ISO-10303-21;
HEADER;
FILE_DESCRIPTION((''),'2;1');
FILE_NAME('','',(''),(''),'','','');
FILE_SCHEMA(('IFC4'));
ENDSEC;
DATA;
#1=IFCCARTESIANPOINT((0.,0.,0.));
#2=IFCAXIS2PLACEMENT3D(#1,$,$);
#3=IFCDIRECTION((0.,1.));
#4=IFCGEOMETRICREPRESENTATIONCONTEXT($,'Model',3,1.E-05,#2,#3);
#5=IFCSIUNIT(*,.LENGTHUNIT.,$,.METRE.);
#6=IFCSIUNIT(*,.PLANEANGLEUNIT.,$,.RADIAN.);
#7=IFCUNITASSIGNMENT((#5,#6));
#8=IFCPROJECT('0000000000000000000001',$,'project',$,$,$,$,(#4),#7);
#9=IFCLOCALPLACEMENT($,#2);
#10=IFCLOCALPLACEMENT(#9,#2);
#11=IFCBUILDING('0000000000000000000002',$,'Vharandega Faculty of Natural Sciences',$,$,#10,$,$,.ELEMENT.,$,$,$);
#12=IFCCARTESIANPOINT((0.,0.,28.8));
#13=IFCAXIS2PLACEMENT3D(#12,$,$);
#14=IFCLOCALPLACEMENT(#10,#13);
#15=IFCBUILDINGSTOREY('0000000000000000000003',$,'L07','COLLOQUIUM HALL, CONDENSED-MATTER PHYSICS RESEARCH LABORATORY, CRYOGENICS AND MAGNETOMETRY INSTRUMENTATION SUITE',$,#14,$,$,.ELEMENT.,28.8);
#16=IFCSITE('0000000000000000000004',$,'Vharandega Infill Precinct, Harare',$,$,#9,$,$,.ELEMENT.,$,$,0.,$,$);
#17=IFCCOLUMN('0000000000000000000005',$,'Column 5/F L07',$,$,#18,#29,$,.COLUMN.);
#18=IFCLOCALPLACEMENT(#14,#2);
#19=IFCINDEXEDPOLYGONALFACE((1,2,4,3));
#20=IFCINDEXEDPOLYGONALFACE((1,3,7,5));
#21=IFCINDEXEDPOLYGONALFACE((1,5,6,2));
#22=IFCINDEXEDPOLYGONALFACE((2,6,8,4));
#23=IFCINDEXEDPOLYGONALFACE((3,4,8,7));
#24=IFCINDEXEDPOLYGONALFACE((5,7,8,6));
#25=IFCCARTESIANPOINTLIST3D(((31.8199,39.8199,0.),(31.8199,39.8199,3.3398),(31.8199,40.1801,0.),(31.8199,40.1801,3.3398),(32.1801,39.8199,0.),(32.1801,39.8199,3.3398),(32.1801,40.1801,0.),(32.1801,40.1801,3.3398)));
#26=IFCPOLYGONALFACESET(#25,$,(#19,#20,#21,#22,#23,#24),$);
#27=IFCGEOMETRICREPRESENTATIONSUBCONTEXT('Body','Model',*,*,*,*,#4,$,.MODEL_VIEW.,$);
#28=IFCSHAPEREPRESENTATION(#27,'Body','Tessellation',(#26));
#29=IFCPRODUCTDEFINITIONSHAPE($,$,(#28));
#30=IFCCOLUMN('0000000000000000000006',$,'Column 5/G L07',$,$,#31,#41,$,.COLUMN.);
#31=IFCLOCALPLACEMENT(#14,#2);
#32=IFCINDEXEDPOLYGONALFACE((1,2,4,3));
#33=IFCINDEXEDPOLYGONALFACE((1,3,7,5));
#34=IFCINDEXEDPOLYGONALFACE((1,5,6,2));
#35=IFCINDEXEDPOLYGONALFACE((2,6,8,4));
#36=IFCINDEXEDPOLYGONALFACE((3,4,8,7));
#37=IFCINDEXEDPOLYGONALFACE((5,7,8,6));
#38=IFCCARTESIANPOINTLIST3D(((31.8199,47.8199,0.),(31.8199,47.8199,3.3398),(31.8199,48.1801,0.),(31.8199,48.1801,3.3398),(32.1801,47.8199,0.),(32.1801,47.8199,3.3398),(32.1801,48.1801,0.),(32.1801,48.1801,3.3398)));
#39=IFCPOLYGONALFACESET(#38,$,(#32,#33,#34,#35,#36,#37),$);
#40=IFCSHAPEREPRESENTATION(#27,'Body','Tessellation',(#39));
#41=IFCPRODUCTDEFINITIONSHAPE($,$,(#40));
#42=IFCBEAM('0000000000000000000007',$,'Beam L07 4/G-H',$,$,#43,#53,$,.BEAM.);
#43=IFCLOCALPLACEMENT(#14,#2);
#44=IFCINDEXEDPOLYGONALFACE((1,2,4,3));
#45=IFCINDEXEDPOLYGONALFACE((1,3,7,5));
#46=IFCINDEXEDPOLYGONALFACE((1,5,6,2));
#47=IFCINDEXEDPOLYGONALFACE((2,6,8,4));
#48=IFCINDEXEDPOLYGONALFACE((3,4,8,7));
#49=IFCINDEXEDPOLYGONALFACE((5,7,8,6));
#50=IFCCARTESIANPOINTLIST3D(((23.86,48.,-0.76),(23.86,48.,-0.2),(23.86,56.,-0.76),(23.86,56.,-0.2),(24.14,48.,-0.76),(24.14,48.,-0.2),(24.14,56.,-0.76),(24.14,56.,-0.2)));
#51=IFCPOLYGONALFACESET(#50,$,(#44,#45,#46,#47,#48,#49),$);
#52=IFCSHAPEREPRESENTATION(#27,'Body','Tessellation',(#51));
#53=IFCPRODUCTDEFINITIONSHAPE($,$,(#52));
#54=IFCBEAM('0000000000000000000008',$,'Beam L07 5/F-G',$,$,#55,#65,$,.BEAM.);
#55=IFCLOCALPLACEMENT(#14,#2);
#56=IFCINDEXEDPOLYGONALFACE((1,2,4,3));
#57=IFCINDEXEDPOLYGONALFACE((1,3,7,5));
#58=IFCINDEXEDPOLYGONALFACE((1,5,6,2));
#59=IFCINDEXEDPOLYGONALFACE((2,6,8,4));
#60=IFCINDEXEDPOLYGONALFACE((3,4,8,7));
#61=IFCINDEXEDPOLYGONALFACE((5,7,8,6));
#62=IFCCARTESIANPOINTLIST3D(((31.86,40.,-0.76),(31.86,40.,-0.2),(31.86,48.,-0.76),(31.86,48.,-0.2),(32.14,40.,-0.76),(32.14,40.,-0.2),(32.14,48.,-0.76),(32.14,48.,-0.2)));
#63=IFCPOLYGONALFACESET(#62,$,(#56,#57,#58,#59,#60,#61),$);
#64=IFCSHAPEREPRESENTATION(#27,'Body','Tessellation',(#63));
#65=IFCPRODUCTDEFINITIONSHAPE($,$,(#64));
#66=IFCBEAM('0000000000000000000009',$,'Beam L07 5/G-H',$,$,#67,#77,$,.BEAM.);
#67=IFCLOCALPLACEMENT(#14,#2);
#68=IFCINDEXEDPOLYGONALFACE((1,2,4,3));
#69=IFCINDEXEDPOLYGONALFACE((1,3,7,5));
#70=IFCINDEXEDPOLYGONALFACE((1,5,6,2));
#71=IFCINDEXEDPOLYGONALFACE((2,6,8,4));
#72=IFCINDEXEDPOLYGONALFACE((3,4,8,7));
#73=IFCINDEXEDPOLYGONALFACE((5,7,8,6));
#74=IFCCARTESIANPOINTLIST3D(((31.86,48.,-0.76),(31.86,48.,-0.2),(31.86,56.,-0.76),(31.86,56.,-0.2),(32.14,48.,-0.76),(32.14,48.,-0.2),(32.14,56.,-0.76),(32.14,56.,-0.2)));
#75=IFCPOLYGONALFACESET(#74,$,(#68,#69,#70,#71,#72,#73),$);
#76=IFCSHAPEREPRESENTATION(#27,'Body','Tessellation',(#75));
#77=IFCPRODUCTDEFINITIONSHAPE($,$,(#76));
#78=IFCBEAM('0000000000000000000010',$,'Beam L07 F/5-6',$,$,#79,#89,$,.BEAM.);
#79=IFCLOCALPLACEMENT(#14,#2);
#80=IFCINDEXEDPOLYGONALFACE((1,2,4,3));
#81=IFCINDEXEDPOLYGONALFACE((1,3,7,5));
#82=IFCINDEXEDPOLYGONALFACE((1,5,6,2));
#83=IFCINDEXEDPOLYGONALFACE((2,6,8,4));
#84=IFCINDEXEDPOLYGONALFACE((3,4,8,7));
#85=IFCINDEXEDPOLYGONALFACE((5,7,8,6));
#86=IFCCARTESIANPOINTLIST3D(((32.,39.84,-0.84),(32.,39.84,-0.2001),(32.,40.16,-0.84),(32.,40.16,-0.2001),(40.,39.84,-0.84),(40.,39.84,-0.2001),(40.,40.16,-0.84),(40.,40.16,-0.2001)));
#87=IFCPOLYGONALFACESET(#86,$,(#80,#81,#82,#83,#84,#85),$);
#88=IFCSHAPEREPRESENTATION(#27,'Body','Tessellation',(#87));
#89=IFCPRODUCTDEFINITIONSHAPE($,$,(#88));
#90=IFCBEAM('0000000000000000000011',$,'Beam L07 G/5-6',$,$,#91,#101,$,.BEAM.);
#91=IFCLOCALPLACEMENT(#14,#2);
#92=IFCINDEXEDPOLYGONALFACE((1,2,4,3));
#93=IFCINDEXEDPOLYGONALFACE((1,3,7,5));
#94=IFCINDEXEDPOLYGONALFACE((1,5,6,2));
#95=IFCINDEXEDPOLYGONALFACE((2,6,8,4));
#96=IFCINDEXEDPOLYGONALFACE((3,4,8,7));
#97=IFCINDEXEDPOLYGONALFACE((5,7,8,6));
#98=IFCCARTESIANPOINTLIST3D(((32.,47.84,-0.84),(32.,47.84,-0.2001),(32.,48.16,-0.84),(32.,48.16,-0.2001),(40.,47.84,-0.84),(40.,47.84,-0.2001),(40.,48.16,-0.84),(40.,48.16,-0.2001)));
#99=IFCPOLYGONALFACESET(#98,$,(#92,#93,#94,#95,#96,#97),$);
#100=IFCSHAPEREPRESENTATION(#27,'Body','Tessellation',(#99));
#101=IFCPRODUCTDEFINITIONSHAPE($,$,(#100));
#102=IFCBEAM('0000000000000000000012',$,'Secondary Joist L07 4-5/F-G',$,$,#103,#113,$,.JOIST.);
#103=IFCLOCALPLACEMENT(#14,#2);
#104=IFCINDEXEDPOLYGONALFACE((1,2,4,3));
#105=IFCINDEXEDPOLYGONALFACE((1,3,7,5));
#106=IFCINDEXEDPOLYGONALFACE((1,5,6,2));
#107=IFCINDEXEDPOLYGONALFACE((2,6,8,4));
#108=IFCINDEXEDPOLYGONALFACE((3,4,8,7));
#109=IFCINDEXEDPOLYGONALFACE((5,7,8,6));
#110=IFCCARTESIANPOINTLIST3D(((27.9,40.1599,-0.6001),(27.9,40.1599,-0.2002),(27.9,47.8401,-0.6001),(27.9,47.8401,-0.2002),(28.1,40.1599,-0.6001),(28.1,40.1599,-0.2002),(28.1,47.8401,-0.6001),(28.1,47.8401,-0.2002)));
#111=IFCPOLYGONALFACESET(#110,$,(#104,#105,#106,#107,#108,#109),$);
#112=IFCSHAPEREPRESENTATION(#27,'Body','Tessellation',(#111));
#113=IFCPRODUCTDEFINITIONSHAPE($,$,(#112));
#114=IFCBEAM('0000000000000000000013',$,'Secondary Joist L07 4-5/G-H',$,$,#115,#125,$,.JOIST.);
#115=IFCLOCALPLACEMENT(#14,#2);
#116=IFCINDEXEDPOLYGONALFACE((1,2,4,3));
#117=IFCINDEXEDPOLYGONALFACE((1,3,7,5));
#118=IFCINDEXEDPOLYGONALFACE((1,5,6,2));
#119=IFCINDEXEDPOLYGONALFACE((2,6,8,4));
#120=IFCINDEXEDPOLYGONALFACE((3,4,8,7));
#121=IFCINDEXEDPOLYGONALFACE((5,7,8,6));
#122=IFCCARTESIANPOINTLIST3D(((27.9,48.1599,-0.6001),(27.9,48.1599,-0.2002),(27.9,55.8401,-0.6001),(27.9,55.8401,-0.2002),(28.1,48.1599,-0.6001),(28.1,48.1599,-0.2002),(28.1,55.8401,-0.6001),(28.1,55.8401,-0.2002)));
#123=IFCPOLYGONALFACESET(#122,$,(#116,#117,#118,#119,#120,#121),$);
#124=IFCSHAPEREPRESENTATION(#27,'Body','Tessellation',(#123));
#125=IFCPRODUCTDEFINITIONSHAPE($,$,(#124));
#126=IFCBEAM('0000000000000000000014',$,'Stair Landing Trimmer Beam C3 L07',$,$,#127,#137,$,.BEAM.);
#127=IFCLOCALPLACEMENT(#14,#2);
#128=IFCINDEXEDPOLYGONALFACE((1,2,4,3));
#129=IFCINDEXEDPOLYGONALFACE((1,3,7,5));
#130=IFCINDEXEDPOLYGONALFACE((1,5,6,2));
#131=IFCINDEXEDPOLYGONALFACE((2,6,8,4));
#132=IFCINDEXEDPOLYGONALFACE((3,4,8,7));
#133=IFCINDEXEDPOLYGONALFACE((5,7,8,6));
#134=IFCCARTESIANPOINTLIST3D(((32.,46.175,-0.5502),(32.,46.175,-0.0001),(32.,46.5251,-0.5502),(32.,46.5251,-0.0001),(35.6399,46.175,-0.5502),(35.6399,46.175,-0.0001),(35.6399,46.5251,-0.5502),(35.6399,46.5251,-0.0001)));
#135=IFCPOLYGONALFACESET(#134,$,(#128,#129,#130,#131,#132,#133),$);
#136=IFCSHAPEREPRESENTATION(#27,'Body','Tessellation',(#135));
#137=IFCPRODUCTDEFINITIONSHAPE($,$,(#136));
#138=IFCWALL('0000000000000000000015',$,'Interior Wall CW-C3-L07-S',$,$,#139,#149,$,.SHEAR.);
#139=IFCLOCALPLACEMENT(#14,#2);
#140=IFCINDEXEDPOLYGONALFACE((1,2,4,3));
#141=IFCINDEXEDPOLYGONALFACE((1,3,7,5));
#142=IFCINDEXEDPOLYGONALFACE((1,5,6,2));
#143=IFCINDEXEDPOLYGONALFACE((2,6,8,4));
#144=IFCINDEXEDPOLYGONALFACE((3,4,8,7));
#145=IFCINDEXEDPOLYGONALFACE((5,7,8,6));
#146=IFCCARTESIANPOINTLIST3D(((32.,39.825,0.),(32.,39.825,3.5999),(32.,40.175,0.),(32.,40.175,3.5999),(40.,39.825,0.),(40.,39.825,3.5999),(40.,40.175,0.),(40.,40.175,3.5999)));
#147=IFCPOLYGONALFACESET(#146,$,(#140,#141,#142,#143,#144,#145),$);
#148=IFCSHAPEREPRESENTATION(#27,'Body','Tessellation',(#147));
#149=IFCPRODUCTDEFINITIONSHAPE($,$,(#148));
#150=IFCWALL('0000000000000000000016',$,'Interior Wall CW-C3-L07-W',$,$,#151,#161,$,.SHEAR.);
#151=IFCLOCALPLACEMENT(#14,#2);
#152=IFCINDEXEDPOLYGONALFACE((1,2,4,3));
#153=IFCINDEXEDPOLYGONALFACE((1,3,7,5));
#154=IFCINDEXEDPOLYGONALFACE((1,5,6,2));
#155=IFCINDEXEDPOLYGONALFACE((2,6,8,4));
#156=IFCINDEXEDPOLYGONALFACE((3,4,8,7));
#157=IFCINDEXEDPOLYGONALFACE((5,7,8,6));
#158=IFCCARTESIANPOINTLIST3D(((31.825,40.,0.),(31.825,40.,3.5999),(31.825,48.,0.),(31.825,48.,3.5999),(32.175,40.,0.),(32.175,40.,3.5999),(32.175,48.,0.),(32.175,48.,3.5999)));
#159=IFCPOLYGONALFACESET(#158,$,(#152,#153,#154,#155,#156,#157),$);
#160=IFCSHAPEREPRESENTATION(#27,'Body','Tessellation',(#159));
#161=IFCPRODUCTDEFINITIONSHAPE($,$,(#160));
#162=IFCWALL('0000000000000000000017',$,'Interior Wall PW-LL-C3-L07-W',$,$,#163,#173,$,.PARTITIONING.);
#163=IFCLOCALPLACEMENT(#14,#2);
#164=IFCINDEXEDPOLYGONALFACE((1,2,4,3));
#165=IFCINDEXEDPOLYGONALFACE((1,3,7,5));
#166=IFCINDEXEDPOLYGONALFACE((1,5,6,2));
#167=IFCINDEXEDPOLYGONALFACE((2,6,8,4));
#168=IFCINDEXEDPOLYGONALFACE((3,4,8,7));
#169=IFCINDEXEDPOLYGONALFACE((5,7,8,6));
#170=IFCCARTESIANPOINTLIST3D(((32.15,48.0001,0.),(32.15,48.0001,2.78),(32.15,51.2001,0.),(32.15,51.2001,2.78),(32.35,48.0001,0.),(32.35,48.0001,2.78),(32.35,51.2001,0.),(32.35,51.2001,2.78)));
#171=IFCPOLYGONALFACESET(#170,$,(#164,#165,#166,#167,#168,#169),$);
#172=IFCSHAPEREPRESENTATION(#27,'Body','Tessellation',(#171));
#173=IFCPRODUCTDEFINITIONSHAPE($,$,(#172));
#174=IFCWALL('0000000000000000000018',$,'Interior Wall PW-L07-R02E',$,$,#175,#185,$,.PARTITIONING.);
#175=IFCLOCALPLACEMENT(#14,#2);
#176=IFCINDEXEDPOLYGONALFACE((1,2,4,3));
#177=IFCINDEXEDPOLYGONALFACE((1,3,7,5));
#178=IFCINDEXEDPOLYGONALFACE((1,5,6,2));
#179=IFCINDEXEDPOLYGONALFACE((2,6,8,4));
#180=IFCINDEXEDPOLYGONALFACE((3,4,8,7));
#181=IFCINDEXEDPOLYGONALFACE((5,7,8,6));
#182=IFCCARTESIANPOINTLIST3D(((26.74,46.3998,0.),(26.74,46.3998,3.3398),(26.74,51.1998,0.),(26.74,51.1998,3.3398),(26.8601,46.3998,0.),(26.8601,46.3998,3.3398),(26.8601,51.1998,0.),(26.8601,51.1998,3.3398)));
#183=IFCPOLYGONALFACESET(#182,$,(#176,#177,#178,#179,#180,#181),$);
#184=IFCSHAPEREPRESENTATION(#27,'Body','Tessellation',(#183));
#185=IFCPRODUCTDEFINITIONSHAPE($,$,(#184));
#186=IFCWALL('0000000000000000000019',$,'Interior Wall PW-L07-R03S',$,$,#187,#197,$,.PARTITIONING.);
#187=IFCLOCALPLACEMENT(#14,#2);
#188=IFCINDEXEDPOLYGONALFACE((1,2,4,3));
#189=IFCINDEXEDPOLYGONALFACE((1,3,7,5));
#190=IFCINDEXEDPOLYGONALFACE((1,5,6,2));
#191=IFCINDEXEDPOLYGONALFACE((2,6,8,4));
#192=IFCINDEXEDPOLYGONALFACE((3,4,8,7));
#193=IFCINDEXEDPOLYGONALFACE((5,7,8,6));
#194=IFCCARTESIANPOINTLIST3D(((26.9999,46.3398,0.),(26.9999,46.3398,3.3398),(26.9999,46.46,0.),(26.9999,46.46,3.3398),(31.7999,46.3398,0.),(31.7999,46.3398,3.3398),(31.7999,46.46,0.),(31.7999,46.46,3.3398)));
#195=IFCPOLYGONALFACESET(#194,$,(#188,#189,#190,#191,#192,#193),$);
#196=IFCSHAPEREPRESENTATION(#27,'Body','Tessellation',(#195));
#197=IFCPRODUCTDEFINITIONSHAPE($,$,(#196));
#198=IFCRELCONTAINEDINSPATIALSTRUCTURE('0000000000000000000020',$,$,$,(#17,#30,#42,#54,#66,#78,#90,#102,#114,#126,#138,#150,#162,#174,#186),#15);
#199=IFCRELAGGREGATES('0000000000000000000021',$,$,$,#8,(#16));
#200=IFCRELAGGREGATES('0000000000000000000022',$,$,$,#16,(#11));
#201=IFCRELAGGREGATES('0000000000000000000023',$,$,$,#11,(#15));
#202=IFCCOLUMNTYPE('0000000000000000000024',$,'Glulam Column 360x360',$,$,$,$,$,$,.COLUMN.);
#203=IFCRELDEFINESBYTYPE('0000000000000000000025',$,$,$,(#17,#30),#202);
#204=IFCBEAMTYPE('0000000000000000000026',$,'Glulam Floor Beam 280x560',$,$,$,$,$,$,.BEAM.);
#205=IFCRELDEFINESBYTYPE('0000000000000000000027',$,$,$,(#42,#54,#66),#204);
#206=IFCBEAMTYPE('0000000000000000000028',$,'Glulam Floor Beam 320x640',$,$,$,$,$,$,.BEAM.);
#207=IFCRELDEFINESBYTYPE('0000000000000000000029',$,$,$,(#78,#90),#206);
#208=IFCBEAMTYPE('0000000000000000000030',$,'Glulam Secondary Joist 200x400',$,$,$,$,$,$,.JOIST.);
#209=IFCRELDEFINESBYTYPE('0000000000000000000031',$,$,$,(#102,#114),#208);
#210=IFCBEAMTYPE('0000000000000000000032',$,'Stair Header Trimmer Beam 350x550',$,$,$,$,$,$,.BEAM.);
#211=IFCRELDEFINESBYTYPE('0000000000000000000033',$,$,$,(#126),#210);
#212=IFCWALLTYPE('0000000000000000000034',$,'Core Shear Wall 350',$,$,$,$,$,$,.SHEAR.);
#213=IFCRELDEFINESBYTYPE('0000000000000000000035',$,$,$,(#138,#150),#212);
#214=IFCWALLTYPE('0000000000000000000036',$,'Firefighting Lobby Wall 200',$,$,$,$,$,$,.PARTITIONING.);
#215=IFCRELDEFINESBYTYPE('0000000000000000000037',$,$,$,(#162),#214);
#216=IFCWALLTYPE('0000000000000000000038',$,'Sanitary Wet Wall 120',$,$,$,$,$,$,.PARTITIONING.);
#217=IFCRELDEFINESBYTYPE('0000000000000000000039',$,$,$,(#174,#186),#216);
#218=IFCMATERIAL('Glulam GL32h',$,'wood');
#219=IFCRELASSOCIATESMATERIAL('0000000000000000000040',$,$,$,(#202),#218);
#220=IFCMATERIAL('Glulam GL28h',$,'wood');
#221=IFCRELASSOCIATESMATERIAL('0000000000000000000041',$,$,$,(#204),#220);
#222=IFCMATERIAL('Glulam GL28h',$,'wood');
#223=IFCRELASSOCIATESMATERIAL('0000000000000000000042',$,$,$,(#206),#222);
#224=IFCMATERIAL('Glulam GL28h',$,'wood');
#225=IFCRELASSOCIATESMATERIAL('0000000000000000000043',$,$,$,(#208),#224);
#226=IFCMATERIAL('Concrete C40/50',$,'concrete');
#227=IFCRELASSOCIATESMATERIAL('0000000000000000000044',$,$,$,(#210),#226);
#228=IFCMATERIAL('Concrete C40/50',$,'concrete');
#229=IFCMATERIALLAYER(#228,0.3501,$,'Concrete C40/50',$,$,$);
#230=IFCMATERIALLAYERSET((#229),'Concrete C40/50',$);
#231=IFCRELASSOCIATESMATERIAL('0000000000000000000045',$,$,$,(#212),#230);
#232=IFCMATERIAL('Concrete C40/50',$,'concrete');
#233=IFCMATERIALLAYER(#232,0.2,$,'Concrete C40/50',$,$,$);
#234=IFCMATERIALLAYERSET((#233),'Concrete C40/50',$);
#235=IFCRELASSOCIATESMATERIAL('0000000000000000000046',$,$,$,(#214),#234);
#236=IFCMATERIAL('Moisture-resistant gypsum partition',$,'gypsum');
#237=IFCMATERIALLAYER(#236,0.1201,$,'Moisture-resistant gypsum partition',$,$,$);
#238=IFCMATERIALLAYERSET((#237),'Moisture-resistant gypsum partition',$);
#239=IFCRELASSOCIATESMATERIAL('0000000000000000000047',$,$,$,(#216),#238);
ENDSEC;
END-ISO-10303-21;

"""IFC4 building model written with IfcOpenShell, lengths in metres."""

from ifc_helpers import new_model, si_unit, direction, frame, frame_2d, origin, origin_2d, place, context, subcontext, project, spatial, rectangle, extrude, material, layer, layer_set, material_profile, profile_set, type_object, element, save


model = new_model("IFC4")

# Units and contexts
model_context = context("Model", 3, precision=1e-05, world=origin(), true_north=direction((0.0, 1.0)))
body_context = subcontext(model_context, "Body", "Model", "MODEL_VIEW")
ifc_project = project(units=[si_unit("LENGTHUNIT", "METRE"), si_unit("PLANEANGLEUNIT", "RADIAN")], contexts=[model_context])

# Site, building, storey
site_placement = place(None, origin())
site = spatial("IfcSite", under=ifc_project, at=site_placement, Name="Vharandega Infill Precinct, Harare", CompositionType="ELEMENT", RefElevation=0.0)
building_placement = place(site_placement, origin())
building = spatial("IfcBuilding", under=site, at=building_placement, Name="Vharandega Faculty of Natural Sciences", CompositionType="ELEMENT")
storey_placement = place(building_placement, frame((0.0, 0.0, 28.8)))
storey = spatial("IfcBuildingStorey", under=building, at=storey_placement, Name="L07", Description="COLLOQUIUM HALL, CONDENSED-MATTER PHYSICS RESEARCH LABORATORY, CRYOGENICS AND MAGNETOMETRY INSTRUMENTATION SUITE", CompositionType="ELEMENT", Elevation=28.8)

# Columns
ifc_material_1 = material(Name="Glulam GL32h", Category="wood")
ifc_material_profile_1 = material_profile(ifc_material_1, rectangle(XDim=0.3601, YDim=0.3601, at=origin_2d()), Name="GL32h 360x360")
ifc_profile_set_1 = profile_set([ifc_material_profile_1], Name="Glulam GL32h")
column_type = type_object("IfcColumnType", Name="Glulam Column 360x360", PredefinedType="COLUMN", material=ifc_profile_set_1)
for number, where, z_axis, x_axis, name in (
    (1, (32.0, 40.0, 0.0), (0.0, 0.0, 1.0), (1.0, 0.0, 0.0), "Column 5/F L07"),
    (2, (32.0, 48.0, 0.0), (0.0, 0.0, 1.0), (1.0, 0.0, 0.0), "Column 5/G L07"),
):
    element("IfcColumn", number, at=place(storey_placement, frame(where, z_axis=z_axis, x_axis=x_axis)), inside=storey, type_object=column_type, Name=name, PredefinedType="COLUMN", context=body_context, shape_type="SweptSolid", body=[
        extrude(rectangle(XDim=0.3601, YDim=0.3601, at=origin_2d()), origin(), (0.0, 0.0, 1.0), 3.3398),
    ])

# Beams
ifc_material_2 = material(Name="Glulam GL28h", Category="wood")
ifc_material_profile_2 = material_profile(ifc_material_2, rectangle(XDim=0.28, YDim=0.5601, at=origin_2d()), Name="GL28h 280x560")
ifc_profile_set_2 = profile_set([ifc_material_profile_2], Name="Glulam GL28h")
beam_type_1 = type_object("IfcBeamType", Name="Glulam Floor Beam 280x560", PredefinedType="BEAM", material=ifc_profile_set_2)
for number, where, z_axis, x_axis, name in (
    (3, (24.0, 48.0, -0.48), (0.0, 1.0, 0.0), (-1.0, 0.0, 0.0), "Beam L07 4/G-H"),
    (4, (32.0, 40.0, -0.48), (0.0, 1.0, 0.0), (-1.0, 0.0, 0.0), "Beam L07 5/F-G"),
    (5, (32.0, 48.0, -0.48), (0.0, 1.0, 0.0), (-1.0, 0.0, 0.0), "Beam L07 5/G-H"),
):
    element("IfcBeam", number, at=place(storey_placement, frame(where, z_axis=z_axis, x_axis=x_axis)), inside=storey, type_object=beam_type_1, Name=name, PredefinedType="BEAM", context=body_context, shape_type="SweptSolid", body=[
        extrude(rectangle(XDim=0.28, YDim=0.5601, at=origin_2d()), origin(), (0.0, 0.0, 1.0), 8.0),
    ])
ifc_material_3 = material(Name="Glulam GL28h", Category="wood")
ifc_material_profile_3 = material_profile(ifc_material_3, rectangle(XDim=0.3201, YDim=0.6399, at=origin_2d()), Name="GL28h 320x640")
ifc_profile_set_3 = profile_set([ifc_material_profile_3], Name="Glulam GL28h")
beam_type_2 = type_object("IfcBeamType", Name="Glulam Floor Beam 320x640", PredefinedType="BEAM", material=ifc_profile_set_3)
for number, where, z_axis, x_axis, name in (
    (6, (32.0, 40.0, -0.52), (1.0, 0.0, 0.0), (0.0, 1.0, 0.0), "Beam L07 F/5-6"),
    (7, (32.0, 48.0, -0.52), (1.0, 0.0, 0.0), (0.0, 1.0, 0.0), "Beam L07 G/5-6"),
):
    element("IfcBeam", number, at=place(storey_placement, frame(where, z_axis=z_axis, x_axis=x_axis)), inside=storey, type_object=beam_type_2, Name=name, PredefinedType="BEAM", context=body_context, shape_type="SweptSolid", body=[
        extrude(rectangle(XDim=0.3201, YDim=0.6399, at=origin_2d()), origin(), (0.0, 0.0, 1.0), 8.0),
    ])
ifc_material_4 = material(Name="Glulam GL28h", Category="wood")
ifc_material_profile_4 = material_profile(ifc_material_4, rectangle(XDim=0.2, YDim=0.3999, at=origin_2d()), Name="GL28h 200x400")
ifc_profile_set_4 = profile_set([ifc_material_profile_4], Name="Glulam GL28h")
beam_type_3 = type_object("IfcBeamType", Name="Glulam Secondary Joist 200x400", PredefinedType="JOIST", material=ifc_profile_set_4)
for number, where, z_axis, x_axis, name in (
    (8, (28.0, 40.1599, -0.4001), (0.0, 1.0, 0.0), (-1.0, 0.0, 0.0), "Secondary Joist L07 4-5/F-G"),
    (9, (28.0, 48.1599, -0.4001), (0.0, 1.0, 0.0), (-1.0, 0.0, 0.0), "Secondary Joist L07 4-5/G-H"),
):
    element("IfcBeam", number, at=place(storey_placement, frame(where, z_axis=z_axis, x_axis=x_axis)), inside=storey, type_object=beam_type_3, Name=name, PredefinedType="JOIST", context=body_context, shape_type="SweptSolid", body=[
        extrude(rectangle(XDim=0.2, YDim=0.3999, at=origin_2d()), origin(), (0.0, 0.0, 1.0), 7.6802),
    ])
ifc_material_5 = material(Name="Concrete C40/50", Category="concrete")
ifc_material_profile_5 = material_profile(ifc_material_5, rectangle(XDim=0.3501, YDim=0.55, at=origin_2d()), Name="RC 350x550")
ifc_profile_set_5 = profile_set([ifc_material_profile_5], Name="Concrete C40/50")
beam_type_4 = type_object("IfcBeamType", Name="Stair Header Trimmer Beam 350x550", PredefinedType="BEAM", material=ifc_profile_set_5)
beam_placement = place(storey_placement, frame((32.0, 46.3501, -0.2751), z_axis=(1.0, 0.0, 0.0), x_axis=(0.0, 1.0, 0.0)))
element("IfcBeam", 10, at=beam_placement, inside=storey, type_object=beam_type_4, Name="Stair Landing Trimmer Beam C3 L07", PredefinedType="BEAM", context=body_context, shape_type="SweptSolid", body=[
    extrude(rectangle(XDim=0.3501, YDim=0.55, at=origin_2d()), origin(), (0.0, 0.0, 1.0), 3.6399),
])

# Walls
ifc_material_6 = material(Name="Concrete C40/50", Category="concrete")
ifc_layer_1 = layer(ifc_material_6, 0.3501, Name="Concrete C40/50")
ifc_layer_set_1 = layer_set([ifc_layer_1], Name="Concrete C40/50")
wall_type_1 = type_object("IfcWallType", Name="Core Shear Wall 350", PredefinedType="SHEAR", material=ifc_layer_set_1)
for number, where, z_axis, x_axis, name in (
    (11, (32.0, 40.0, 0.0), (0.0, 0.0, 1.0), (1.0, 0.0, 0.0), "Interior Wall CW-C3-L07-S"),
    (12, (32.0, 40.0, 0.0), (0.0, 0.0, 1.0), (0.0, 1.0, 0.0), "Interior Wall CW-C3-L07-W"),
):
    element("IfcWall", number, at=place(storey_placement, frame(where, z_axis=z_axis, x_axis=x_axis)), inside=storey, type_object=wall_type_1, Name=name, PredefinedType="SHEAR", context=body_context, shape_type="SweptSolid", body=[
        extrude(rectangle(XDim=8.0, YDim=0.3501, at=frame_2d((4.0, 0.0))), origin(), (0.0, 0.0, 1.0), 3.5999),
    ])

# Walls
ifc_material_7 = material(Name="Concrete C40/50", Category="concrete")
ifc_layer_2 = layer(ifc_material_7, 0.2, Name="Concrete C40/50")
ifc_layer_set_2 = layer_set([ifc_layer_2], Name="Concrete C40/50")
wall_type_2 = type_object("IfcWallType", Name="Firefighting Lobby Wall 200", PredefinedType="PARTITIONING", material=ifc_layer_set_2)
wall_1_placement = place(storey_placement, frame((32.25, 48.0, 0.0), z_axis=(0.0, 0.0, 1.0), x_axis=(0.0, 1.0, 0.0)))
element("IfcWall", 13, at=wall_1_placement, inside=storey, type_object=wall_type_2, Name="Interior Wall PW-LL-C3-L07-W", PredefinedType="PARTITIONING", context=body_context, shape_type="SweptSolid", body=[
    extrude(rectangle(XDim=3.2, YDim=0.2, at=frame_2d((1.6001, 0.0))), origin(), (0.0, 0.0, 1.0), 2.78),
])
ifc_material_8 = material(Name="Moisture-resistant gypsum partition", Category="gypsum")
ifc_layer_3 = layer(ifc_material_8, 0.1201, Name="Moisture-resistant gypsum partition")
ifc_layer_set_3 = layer_set([ifc_layer_3], Name="Moisture-resistant gypsum partition")
wall_type_3 = type_object("IfcWallType", Name="Sanitary Wet Wall 120", PredefinedType="PARTITIONING", material=ifc_layer_set_3)
for number, where, z_axis, x_axis, name in (
    (14, (26.8, 46.3999, 0.0), (0.0, 0.0, 1.0), (0.0, 1.0, 0.0), "Interior Wall PW-L07-R02E"),
    (15, (27.0, 46.3999, 0.0), (0.0, 0.0, 1.0), (1.0, 0.0, 0.0), "Interior Wall PW-L07-R03S"),
):
    element("IfcWall", number, at=place(storey_placement, frame(where, z_axis=z_axis, x_axis=x_axis)), inside=storey, type_object=wall_type_3, Name=name, PredefinedType="PARTITIONING", context=body_context, shape_type="SweptSolid", body=[
        extrude(rectangle(XDim=4.8, YDim=0.1201, at=frame_2d((2.3999, 0.0))), origin(), (0.0, 0.0, 1.0), 3.3398),
    ])

save(model, "model.ifc")
